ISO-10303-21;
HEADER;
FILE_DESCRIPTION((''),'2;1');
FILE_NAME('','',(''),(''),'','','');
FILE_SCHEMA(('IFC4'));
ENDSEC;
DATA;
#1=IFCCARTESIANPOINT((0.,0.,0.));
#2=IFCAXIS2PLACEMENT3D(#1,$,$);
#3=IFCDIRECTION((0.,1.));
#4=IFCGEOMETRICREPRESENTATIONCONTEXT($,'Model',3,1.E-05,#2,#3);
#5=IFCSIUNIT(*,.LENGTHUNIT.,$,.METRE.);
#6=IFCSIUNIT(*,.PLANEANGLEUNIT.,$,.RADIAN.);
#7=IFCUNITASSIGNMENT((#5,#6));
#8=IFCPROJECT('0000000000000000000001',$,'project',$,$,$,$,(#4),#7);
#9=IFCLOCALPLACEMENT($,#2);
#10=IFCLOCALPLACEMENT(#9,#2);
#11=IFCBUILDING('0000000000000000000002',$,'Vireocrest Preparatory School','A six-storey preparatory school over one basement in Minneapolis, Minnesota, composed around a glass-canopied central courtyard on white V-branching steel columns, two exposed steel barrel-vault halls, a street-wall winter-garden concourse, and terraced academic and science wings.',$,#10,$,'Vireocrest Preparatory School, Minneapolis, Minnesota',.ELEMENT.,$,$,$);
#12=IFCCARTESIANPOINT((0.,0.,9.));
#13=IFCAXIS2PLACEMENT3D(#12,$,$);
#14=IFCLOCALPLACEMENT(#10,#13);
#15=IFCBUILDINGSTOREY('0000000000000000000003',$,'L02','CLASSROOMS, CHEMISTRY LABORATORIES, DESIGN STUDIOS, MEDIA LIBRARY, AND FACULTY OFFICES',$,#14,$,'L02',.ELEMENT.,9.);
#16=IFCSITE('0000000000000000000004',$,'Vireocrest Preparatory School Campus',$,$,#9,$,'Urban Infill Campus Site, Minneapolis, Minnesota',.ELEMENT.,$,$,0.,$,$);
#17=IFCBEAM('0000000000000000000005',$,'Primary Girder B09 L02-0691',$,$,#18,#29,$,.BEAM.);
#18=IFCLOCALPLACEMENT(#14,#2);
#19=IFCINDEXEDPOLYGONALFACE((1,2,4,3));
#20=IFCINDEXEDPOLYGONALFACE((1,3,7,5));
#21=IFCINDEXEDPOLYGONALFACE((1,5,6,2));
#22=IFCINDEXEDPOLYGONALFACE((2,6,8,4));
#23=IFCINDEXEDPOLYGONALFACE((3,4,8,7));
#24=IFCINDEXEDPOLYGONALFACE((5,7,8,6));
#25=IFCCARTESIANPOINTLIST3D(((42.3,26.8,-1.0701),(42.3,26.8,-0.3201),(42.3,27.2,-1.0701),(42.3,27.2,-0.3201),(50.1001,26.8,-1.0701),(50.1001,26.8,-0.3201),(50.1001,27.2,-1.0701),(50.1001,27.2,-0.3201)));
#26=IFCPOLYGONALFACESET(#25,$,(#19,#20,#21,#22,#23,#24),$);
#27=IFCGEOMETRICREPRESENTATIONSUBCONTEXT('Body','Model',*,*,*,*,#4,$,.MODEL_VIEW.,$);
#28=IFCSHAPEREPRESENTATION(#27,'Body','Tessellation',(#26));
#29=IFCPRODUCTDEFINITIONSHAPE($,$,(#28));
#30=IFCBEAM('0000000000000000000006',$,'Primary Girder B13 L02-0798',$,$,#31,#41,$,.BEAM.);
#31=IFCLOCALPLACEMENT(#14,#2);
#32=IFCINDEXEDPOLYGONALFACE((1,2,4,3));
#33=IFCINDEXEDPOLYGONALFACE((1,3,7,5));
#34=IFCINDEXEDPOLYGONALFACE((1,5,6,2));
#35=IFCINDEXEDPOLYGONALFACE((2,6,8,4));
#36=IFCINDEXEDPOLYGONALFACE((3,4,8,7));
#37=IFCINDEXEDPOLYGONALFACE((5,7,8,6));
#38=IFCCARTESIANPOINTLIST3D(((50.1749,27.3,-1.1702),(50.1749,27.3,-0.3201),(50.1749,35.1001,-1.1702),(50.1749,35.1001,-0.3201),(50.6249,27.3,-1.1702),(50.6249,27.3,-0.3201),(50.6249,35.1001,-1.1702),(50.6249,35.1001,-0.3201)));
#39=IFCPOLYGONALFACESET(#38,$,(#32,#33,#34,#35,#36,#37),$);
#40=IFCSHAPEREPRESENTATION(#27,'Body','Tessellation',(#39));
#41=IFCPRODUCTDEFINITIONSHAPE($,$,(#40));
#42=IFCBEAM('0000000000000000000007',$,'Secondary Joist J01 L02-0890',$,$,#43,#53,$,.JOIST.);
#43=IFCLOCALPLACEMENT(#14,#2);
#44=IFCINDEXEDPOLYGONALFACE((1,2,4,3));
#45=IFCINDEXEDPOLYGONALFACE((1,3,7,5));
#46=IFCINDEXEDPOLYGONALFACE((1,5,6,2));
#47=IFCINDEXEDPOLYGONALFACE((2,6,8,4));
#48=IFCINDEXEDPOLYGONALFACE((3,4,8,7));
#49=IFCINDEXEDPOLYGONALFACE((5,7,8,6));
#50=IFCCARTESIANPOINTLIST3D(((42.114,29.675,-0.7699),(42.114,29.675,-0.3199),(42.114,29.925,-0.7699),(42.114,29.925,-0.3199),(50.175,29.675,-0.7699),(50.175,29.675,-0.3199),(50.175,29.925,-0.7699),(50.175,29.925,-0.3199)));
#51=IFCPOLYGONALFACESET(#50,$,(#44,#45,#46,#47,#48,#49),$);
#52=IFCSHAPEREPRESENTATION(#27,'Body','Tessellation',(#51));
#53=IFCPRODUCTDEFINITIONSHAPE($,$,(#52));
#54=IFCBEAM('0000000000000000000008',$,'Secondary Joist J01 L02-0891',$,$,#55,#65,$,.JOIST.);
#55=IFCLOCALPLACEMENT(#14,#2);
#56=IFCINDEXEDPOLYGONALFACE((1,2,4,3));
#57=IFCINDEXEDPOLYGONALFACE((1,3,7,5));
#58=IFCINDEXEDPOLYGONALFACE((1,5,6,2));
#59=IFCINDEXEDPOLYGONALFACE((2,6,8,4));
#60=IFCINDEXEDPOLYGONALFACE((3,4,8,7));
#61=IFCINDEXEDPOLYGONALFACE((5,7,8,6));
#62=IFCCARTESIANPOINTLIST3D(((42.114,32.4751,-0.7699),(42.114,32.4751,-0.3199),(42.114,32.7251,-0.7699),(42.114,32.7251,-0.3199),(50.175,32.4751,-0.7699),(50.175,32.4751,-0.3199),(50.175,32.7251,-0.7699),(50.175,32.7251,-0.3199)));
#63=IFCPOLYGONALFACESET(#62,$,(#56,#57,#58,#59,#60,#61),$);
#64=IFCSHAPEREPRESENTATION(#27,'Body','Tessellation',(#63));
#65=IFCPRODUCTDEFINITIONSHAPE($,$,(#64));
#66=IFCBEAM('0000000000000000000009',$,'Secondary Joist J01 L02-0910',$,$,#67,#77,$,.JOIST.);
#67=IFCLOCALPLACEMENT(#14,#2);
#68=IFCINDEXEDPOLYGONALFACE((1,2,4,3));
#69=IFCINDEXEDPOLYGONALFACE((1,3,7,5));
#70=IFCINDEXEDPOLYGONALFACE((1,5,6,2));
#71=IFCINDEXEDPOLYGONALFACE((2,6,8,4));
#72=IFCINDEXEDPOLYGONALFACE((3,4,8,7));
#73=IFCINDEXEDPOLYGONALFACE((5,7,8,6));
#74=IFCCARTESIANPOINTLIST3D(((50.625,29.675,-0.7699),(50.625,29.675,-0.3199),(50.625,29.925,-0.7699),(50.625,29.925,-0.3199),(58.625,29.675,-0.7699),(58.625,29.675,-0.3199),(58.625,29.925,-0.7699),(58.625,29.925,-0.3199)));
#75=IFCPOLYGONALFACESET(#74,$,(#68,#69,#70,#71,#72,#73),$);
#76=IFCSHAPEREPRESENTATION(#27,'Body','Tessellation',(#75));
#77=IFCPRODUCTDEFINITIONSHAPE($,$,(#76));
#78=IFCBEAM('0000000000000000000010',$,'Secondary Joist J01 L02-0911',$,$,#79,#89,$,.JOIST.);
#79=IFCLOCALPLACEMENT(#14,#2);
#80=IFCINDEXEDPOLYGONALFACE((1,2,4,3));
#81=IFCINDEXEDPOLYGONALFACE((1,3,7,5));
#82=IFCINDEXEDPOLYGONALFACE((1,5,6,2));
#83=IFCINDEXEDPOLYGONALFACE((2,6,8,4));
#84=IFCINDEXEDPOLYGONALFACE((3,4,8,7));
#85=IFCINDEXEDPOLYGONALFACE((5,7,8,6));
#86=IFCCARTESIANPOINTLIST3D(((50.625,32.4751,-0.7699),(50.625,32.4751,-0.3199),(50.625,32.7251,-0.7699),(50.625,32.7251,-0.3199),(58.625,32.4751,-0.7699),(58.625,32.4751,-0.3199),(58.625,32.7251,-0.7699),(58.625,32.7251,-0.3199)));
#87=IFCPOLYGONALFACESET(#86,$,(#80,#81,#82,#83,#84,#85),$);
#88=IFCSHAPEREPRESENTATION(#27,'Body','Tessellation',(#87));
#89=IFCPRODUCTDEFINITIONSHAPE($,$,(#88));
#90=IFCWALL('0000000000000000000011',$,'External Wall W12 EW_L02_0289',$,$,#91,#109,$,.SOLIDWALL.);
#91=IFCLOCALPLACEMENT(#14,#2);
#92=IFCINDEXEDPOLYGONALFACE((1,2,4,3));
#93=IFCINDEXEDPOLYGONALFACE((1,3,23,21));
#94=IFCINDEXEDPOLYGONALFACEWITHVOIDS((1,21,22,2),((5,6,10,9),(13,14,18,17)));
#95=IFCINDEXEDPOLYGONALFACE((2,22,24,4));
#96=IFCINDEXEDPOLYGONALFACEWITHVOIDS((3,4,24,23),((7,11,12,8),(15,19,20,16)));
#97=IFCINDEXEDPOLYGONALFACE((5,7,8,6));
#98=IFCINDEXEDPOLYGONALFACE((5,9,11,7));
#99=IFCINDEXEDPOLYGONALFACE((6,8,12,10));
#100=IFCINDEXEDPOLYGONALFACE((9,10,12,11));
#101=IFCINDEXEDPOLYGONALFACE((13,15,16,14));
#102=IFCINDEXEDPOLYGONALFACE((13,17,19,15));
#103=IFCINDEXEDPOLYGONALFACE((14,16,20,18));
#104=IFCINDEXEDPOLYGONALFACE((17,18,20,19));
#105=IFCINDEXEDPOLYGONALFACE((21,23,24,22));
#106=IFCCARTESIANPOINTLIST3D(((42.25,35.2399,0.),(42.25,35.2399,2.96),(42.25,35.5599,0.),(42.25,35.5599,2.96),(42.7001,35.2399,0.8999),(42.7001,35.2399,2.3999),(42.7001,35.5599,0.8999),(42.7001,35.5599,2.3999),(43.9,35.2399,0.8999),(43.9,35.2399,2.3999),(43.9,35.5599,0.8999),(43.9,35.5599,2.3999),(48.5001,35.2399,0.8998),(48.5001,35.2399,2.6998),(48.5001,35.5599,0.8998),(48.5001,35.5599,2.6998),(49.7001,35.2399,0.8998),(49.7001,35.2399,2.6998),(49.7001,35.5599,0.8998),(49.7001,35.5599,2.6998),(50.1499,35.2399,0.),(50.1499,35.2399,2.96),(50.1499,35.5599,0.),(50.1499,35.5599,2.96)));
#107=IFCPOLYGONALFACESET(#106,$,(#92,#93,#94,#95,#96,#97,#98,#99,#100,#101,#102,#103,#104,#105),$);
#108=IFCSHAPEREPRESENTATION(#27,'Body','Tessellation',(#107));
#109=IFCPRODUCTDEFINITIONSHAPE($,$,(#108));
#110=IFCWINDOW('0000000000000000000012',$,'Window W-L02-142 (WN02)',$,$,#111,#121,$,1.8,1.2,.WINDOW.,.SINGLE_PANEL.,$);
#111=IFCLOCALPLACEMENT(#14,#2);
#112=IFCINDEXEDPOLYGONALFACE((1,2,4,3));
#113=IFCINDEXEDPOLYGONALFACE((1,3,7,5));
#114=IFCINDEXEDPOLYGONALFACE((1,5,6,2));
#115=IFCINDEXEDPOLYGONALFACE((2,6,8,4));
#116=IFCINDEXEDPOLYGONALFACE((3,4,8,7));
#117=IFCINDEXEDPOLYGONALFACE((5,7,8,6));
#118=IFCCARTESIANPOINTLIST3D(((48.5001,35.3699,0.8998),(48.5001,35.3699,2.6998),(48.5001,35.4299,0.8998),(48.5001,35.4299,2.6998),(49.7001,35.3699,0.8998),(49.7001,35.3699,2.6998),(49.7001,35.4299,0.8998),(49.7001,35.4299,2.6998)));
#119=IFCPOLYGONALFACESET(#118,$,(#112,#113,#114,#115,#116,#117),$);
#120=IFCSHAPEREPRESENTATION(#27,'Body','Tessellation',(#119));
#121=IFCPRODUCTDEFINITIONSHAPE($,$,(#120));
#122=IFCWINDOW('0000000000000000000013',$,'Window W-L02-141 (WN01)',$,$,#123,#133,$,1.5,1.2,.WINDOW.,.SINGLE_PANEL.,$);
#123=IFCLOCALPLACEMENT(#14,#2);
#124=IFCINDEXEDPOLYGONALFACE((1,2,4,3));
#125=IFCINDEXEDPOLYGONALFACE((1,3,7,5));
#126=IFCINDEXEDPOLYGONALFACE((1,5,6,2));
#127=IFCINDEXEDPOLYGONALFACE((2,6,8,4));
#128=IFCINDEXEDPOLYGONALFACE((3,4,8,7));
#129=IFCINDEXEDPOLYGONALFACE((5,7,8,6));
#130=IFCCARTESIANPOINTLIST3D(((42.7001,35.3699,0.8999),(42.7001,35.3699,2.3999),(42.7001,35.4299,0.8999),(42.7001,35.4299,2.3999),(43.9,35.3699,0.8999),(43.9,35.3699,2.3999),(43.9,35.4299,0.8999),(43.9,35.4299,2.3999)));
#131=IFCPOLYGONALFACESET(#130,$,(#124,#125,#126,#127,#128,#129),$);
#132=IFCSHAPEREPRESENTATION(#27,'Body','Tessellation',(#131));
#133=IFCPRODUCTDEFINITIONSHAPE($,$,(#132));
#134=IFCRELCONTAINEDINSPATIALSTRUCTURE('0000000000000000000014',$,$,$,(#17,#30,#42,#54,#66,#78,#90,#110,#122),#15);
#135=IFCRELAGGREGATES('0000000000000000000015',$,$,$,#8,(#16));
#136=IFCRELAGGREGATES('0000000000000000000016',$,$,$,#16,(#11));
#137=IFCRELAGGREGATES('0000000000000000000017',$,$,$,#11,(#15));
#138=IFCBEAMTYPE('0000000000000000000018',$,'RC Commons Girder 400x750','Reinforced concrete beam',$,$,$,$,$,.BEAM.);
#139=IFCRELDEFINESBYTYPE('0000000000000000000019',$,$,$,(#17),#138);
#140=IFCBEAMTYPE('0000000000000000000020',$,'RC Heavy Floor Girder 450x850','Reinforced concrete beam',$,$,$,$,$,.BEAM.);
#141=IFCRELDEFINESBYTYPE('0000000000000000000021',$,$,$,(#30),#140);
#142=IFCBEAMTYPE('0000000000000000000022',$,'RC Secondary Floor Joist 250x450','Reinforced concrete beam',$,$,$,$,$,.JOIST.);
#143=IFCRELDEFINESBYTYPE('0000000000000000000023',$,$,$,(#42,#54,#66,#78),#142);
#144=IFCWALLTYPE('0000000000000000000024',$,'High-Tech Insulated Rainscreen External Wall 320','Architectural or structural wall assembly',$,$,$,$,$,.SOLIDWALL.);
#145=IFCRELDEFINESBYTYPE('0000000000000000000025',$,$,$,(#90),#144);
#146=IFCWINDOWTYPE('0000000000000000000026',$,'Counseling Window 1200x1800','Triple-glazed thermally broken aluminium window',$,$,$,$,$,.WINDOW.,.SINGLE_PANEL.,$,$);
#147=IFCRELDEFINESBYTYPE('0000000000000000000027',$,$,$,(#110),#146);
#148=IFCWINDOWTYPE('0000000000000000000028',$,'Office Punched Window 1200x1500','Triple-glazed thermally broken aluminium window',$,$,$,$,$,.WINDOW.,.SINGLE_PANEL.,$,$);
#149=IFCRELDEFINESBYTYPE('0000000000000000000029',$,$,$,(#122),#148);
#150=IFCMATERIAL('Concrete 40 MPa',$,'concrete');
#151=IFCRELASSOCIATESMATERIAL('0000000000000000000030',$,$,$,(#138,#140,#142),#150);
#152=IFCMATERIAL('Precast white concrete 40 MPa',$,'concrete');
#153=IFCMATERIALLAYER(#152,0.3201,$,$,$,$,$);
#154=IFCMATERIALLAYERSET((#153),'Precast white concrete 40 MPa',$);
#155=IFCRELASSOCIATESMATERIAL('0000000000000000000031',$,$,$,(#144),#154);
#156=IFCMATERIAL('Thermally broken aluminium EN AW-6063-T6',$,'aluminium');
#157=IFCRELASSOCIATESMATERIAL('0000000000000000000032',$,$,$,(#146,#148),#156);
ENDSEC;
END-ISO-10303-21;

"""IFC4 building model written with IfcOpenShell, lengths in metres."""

from ifc_helpers import new_model, si_unit, direction, frame, frame_2d, origin, origin_2d, place, context, subcontext, project, spatial, rectangle, extrude, material, layer, layer_set, material_profile, profile_set, type_object, element, fill, save


model = new_model("IFC4")

# Units and contexts
model_context = context("Model", 3, precision=1e-05, world=origin(), true_north=direction((0.0, 1.0)))
body_context = subcontext(model_context, "Body", "Model", "MODEL_VIEW")
ifc_project = project(units=[si_unit("LENGTHUNIT", "METRE"), si_unit("PLANEANGLEUNIT", "RADIAN")], contexts=[model_context])

# Site, building, storey
site_placement = place(None, origin())
site = spatial("IfcSite", under=ifc_project, at=site_placement, Name="Vireocrest Preparatory School Campus", LongName="Urban Infill Campus Site, Minneapolis, Minnesota", CompositionType="ELEMENT", RefElevation=0.0)
building_placement = place(site_placement, origin())
building = spatial("IfcBuilding", under=site, at=building_placement, Name="Vireocrest Preparatory School", Description="A six-storey preparatory school over one basement in Minneapolis, Minnesota, composed around a glass-canopied central courtyard on white V-branching steel columns, two exposed steel barrel-vault halls, a street-wall winter-garden concourse, and terraced academic and science wings.", LongName="Vireocrest Preparatory School, Minneapolis, Minnesota", CompositionType="ELEMENT")
storey_placement = place(building_placement, frame((0.0, 0.0, 9.0)))
storey = spatial("IfcBuildingStorey", under=building, at=storey_placement, Name="L02", Description="CLASSROOMS, CHEMISTRY LABORATORIES, DESIGN STUDIOS, MEDIA LIBRARY, AND FACULTY OFFICES", LongName="L02", CompositionType="ELEMENT", Elevation=9.0)

# Beams
ifc_material_1 = material(Name="Concrete 40 MPa", Category="concrete")
ifc_material_profile_1 = material_profile(ifc_material_1, rectangle(XDim=0.3999, YDim=0.75, at=origin_2d()), Name="RC 400x750")
ifc_profile_set_1 = profile_set([ifc_material_profile_1], Name="Concrete 40 MPa")
beam_type_1 = type_object("IfcBeamType", Name="RC Commons Girder 400x750", Description="Reinforced concrete beam", PredefinedType="BEAM", material=ifc_profile_set_1)
beam_1_placement = place(storey_placement, frame((42.3, 27.0, -0.6951), z_axis=(1.0, 0.0, 0.0), x_axis=(0.0, 1.0, 0.0)))
element("IfcBeam", 1, at=beam_1_placement, inside=storey, type_object=beam_type_1, Name="Primary Girder B09 L02-0691", PredefinedType="BEAM", context=body_context, shape_type="SweptSolid", body=[
    extrude(rectangle(XDim=0.3999, YDim=0.75, at=origin_2d()), origin(), (0.0, 0.0, 1.0), 7.8),
])
ifc_material_profile_2 = material_profile(ifc_material_1, rectangle(XDim=0.45, YDim=0.8501, at=origin_2d()), Name="RC 450x850")
ifc_profile_set_2 = profile_set([ifc_material_profile_2], Name="Concrete 40 MPa")
beam_type_2 = type_object("IfcBeamType", Name="RC Heavy Floor Girder 450x850", Description="Reinforced concrete beam", PredefinedType="BEAM", material=ifc_profile_set_2)
beam_2_placement = place(storey_placement, frame((50.3999, 27.3, -0.7451), z_axis=(0.0, 1.0, 0.0), x_axis=(-1.0, 0.0, 0.0)))
element("IfcBeam", 2, at=beam_2_placement, inside=storey, type_object=beam_type_2, Name="Primary Girder B13 L02-0798", PredefinedType="BEAM", context=body_context, shape_type="SweptSolid", body=[
    extrude(rectangle(XDim=0.45, YDim=0.8501, at=origin_2d()), origin(), (0.0, 0.0, 1.0), 7.8),
])
ifc_material_profile_3 = material_profile(ifc_material_1, rectangle(XDim=0.25, YDim=0.45, at=origin_2d()), Name="RC 250x450")
ifc_profile_set_3 = profile_set([ifc_material_profile_3], Name="Concrete 40 MPa")
beam_type_3 = type_object("IfcBeamType", Name="RC Secondary Floor Joist 250x450", Description="Reinforced concrete beam", PredefinedType="JOIST", material=ifc_profile_set_3)
for number, where, z_axis, x_axis, name in (
    (3, (42.114, 29.8, -0.5449), (1.0, 0.0, 0.0), (0.0, 1.0, 0.0), "Secondary Joist J01 L02-0890"),
    (4, (42.114, 32.6001, -0.5449), (1.0, 0.0, 0.0), (0.0, 1.0, 0.0), "Secondary Joist J01 L02-0891"),
):
    element("IfcBeam", number, at=place(storey_placement, frame(where, z_axis=z_axis, x_axis=x_axis)), inside=storey, type_object=beam_type_3, Name=name, PredefinedType="JOIST", context=body_context, shape_type="SweptSolid", body=[
        extrude(rectangle(XDim=0.25, YDim=0.45, at=origin_2d()), origin(), (0.0, 0.0, 1.0), 8.061),
    ])
for number, where, z_axis, x_axis, name in (
    (5, (50.625, 29.8, -0.5449), (1.0, 0.0, 0.0), (0.0, 1.0, 0.0), "Secondary Joist J01 L02-0910"),
    (6, (50.625, 32.6001, -0.5449), (1.0, 0.0, 0.0), (0.0, 1.0, 0.0), "Secondary Joist J01 L02-0911"),
):
    element("IfcBeam", number, at=place(storey_placement, frame(where, z_axis=z_axis, x_axis=x_axis)), inside=storey, type_object=beam_type_3, Name=name, PredefinedType="JOIST", context=body_context, shape_type="SweptSolid", body=[
        extrude(rectangle(XDim=0.25, YDim=0.45, at=origin_2d()), origin(), (0.0, 0.0, 1.0), 8.0),
    ])

# Wall, openings, windows
ifc_material_2 = material(Name="Precast white concrete 40 MPa", Category="concrete")
ifc_layer = layer(ifc_material_2, 0.3201)
ifc_layer_set = layer_set([ifc_layer], Name="Precast white concrete 40 MPa")
wall_type = type_object("IfcWallType", Name="High-Tech Insulated Rainscreen External Wall 320", Description="Architectural or structural wall assembly", PredefinedType="SOLIDWALL", material=ifc_layer_set)
wall_placement = place(storey_placement, frame((42.25, 35.3999, 0.0), z_axis=(0.0, 0.0, 1.0), x_axis=(1.0, 0.0, 0.0)))
wall = element("IfcWall", 7, at=wall_placement, inside=storey, type_object=wall_type, Name="External Wall W12 EW_L02_0289", PredefinedType="SOLIDWALL", context=body_context, shape_type="SweptSolid", body=[
    extrude(rectangle(XDim=7.8999, YDim=0.3201, at=frame_2d((3.95, 0.0))), origin(), (0.0, 0.0, 1.0), 2.96),
])
opening_1_placement = place(wall_placement, frame((0.45, 0.0, 0.8999)))
opening_1 = element("IfcOpeningElement", 8, at=opening_1_placement, cuts=wall, PredefinedType="OPENING", context=body_context, shape_type="SweptSolid", body=[
    extrude(rectangle(XDim=1.2, YDim=1.5, at=frame_2d((0.6001, 0.75))), frame((0.0, 0.1699, 0.0), z_axis=(0.0, -1.0, 0.0), x_axis=(1.0, 0.0, 0.0)), (0.0, 0.0, 1.0), 0.3401),
])
opening_2_placement = place(wall_placement, frame((6.25, 0.0, 0.8999)))
opening_2 = element("IfcOpeningElement", 9, at=opening_2_placement, cuts=wall, PredefinedType="OPENING", context=body_context, shape_type="SweptSolid", body=[
    extrude(rectangle(XDim=1.2, YDim=1.8, at=frame_2d((0.6001, 0.8999))), frame((0.0, 0.1699, 0.0), z_axis=(0.0, -1.0, 0.0), x_axis=(1.0, 0.0, 0.0)), (0.0, 0.0, 1.0), 0.3401),
])
ifc_material_3 = material(Name="Thermally broken aluminium EN AW-6063-T6", Category="aluminium")
window_type_1 = type_object("IfcWindowType", Name="Counseling Window 1200x1800", Description="Triple-glazed thermally broken aluminium window", PartitioningType="SINGLE_PANEL", PredefinedType="WINDOW", material=ifc_material_3)
window_1_placement = place(opening_2_placement, origin())
window_1 = element("IfcWindow", 10, at=window_1_placement, inside=storey, type_object=window_type_1, Name="Window W-L02-142 (WN02)", OverallHeight=1.8, OverallWidth=1.2, PartitioningType="SINGLE_PANEL", PredefinedType="WINDOW", context=body_context, shape_type="SweptSolid", body=[
    extrude(rectangle(XDim=1.2, YDim=1.8, at=frame_2d((0.6001, 0.8999))), frame((0.0, 0.03, 0.0), z_axis=(0.0, -1.0, 0.0), x_axis=(1.0, 0.0, 0.0)), (0.0, 0.0, 1.0), 0.0601),
])
fill(opening_2, window_1)
window_type_2 = type_object("IfcWindowType", Name="Office Punched Window 1200x1500", Description="Triple-glazed thermally broken aluminium window", PartitioningType="SINGLE_PANEL", PredefinedType="WINDOW", material=ifc_material_3)
window_2_placement = place(opening_1_placement, origin())
window_2 = element("IfcWindow", 11, at=window_2_placement, inside=storey, type_object=window_type_2, Name="Window W-L02-141 (WN01)", OverallHeight=1.5, OverallWidth=1.2, PartitioningType="SINGLE_PANEL", PredefinedType="WINDOW", context=body_context, shape_type="SweptSolid", body=[
    extrude(rectangle(XDim=1.2, YDim=1.5, at=frame_2d((0.6001, 0.75))), frame((0.0, 0.03, 0.0), z_axis=(0.0, -1.0, 0.0), x_axis=(1.0, 0.0, 0.0)), (0.0, 0.0, 1.0), 0.0601),
])
fill(opening_1, window_2)

save(model, "model.ifc")
